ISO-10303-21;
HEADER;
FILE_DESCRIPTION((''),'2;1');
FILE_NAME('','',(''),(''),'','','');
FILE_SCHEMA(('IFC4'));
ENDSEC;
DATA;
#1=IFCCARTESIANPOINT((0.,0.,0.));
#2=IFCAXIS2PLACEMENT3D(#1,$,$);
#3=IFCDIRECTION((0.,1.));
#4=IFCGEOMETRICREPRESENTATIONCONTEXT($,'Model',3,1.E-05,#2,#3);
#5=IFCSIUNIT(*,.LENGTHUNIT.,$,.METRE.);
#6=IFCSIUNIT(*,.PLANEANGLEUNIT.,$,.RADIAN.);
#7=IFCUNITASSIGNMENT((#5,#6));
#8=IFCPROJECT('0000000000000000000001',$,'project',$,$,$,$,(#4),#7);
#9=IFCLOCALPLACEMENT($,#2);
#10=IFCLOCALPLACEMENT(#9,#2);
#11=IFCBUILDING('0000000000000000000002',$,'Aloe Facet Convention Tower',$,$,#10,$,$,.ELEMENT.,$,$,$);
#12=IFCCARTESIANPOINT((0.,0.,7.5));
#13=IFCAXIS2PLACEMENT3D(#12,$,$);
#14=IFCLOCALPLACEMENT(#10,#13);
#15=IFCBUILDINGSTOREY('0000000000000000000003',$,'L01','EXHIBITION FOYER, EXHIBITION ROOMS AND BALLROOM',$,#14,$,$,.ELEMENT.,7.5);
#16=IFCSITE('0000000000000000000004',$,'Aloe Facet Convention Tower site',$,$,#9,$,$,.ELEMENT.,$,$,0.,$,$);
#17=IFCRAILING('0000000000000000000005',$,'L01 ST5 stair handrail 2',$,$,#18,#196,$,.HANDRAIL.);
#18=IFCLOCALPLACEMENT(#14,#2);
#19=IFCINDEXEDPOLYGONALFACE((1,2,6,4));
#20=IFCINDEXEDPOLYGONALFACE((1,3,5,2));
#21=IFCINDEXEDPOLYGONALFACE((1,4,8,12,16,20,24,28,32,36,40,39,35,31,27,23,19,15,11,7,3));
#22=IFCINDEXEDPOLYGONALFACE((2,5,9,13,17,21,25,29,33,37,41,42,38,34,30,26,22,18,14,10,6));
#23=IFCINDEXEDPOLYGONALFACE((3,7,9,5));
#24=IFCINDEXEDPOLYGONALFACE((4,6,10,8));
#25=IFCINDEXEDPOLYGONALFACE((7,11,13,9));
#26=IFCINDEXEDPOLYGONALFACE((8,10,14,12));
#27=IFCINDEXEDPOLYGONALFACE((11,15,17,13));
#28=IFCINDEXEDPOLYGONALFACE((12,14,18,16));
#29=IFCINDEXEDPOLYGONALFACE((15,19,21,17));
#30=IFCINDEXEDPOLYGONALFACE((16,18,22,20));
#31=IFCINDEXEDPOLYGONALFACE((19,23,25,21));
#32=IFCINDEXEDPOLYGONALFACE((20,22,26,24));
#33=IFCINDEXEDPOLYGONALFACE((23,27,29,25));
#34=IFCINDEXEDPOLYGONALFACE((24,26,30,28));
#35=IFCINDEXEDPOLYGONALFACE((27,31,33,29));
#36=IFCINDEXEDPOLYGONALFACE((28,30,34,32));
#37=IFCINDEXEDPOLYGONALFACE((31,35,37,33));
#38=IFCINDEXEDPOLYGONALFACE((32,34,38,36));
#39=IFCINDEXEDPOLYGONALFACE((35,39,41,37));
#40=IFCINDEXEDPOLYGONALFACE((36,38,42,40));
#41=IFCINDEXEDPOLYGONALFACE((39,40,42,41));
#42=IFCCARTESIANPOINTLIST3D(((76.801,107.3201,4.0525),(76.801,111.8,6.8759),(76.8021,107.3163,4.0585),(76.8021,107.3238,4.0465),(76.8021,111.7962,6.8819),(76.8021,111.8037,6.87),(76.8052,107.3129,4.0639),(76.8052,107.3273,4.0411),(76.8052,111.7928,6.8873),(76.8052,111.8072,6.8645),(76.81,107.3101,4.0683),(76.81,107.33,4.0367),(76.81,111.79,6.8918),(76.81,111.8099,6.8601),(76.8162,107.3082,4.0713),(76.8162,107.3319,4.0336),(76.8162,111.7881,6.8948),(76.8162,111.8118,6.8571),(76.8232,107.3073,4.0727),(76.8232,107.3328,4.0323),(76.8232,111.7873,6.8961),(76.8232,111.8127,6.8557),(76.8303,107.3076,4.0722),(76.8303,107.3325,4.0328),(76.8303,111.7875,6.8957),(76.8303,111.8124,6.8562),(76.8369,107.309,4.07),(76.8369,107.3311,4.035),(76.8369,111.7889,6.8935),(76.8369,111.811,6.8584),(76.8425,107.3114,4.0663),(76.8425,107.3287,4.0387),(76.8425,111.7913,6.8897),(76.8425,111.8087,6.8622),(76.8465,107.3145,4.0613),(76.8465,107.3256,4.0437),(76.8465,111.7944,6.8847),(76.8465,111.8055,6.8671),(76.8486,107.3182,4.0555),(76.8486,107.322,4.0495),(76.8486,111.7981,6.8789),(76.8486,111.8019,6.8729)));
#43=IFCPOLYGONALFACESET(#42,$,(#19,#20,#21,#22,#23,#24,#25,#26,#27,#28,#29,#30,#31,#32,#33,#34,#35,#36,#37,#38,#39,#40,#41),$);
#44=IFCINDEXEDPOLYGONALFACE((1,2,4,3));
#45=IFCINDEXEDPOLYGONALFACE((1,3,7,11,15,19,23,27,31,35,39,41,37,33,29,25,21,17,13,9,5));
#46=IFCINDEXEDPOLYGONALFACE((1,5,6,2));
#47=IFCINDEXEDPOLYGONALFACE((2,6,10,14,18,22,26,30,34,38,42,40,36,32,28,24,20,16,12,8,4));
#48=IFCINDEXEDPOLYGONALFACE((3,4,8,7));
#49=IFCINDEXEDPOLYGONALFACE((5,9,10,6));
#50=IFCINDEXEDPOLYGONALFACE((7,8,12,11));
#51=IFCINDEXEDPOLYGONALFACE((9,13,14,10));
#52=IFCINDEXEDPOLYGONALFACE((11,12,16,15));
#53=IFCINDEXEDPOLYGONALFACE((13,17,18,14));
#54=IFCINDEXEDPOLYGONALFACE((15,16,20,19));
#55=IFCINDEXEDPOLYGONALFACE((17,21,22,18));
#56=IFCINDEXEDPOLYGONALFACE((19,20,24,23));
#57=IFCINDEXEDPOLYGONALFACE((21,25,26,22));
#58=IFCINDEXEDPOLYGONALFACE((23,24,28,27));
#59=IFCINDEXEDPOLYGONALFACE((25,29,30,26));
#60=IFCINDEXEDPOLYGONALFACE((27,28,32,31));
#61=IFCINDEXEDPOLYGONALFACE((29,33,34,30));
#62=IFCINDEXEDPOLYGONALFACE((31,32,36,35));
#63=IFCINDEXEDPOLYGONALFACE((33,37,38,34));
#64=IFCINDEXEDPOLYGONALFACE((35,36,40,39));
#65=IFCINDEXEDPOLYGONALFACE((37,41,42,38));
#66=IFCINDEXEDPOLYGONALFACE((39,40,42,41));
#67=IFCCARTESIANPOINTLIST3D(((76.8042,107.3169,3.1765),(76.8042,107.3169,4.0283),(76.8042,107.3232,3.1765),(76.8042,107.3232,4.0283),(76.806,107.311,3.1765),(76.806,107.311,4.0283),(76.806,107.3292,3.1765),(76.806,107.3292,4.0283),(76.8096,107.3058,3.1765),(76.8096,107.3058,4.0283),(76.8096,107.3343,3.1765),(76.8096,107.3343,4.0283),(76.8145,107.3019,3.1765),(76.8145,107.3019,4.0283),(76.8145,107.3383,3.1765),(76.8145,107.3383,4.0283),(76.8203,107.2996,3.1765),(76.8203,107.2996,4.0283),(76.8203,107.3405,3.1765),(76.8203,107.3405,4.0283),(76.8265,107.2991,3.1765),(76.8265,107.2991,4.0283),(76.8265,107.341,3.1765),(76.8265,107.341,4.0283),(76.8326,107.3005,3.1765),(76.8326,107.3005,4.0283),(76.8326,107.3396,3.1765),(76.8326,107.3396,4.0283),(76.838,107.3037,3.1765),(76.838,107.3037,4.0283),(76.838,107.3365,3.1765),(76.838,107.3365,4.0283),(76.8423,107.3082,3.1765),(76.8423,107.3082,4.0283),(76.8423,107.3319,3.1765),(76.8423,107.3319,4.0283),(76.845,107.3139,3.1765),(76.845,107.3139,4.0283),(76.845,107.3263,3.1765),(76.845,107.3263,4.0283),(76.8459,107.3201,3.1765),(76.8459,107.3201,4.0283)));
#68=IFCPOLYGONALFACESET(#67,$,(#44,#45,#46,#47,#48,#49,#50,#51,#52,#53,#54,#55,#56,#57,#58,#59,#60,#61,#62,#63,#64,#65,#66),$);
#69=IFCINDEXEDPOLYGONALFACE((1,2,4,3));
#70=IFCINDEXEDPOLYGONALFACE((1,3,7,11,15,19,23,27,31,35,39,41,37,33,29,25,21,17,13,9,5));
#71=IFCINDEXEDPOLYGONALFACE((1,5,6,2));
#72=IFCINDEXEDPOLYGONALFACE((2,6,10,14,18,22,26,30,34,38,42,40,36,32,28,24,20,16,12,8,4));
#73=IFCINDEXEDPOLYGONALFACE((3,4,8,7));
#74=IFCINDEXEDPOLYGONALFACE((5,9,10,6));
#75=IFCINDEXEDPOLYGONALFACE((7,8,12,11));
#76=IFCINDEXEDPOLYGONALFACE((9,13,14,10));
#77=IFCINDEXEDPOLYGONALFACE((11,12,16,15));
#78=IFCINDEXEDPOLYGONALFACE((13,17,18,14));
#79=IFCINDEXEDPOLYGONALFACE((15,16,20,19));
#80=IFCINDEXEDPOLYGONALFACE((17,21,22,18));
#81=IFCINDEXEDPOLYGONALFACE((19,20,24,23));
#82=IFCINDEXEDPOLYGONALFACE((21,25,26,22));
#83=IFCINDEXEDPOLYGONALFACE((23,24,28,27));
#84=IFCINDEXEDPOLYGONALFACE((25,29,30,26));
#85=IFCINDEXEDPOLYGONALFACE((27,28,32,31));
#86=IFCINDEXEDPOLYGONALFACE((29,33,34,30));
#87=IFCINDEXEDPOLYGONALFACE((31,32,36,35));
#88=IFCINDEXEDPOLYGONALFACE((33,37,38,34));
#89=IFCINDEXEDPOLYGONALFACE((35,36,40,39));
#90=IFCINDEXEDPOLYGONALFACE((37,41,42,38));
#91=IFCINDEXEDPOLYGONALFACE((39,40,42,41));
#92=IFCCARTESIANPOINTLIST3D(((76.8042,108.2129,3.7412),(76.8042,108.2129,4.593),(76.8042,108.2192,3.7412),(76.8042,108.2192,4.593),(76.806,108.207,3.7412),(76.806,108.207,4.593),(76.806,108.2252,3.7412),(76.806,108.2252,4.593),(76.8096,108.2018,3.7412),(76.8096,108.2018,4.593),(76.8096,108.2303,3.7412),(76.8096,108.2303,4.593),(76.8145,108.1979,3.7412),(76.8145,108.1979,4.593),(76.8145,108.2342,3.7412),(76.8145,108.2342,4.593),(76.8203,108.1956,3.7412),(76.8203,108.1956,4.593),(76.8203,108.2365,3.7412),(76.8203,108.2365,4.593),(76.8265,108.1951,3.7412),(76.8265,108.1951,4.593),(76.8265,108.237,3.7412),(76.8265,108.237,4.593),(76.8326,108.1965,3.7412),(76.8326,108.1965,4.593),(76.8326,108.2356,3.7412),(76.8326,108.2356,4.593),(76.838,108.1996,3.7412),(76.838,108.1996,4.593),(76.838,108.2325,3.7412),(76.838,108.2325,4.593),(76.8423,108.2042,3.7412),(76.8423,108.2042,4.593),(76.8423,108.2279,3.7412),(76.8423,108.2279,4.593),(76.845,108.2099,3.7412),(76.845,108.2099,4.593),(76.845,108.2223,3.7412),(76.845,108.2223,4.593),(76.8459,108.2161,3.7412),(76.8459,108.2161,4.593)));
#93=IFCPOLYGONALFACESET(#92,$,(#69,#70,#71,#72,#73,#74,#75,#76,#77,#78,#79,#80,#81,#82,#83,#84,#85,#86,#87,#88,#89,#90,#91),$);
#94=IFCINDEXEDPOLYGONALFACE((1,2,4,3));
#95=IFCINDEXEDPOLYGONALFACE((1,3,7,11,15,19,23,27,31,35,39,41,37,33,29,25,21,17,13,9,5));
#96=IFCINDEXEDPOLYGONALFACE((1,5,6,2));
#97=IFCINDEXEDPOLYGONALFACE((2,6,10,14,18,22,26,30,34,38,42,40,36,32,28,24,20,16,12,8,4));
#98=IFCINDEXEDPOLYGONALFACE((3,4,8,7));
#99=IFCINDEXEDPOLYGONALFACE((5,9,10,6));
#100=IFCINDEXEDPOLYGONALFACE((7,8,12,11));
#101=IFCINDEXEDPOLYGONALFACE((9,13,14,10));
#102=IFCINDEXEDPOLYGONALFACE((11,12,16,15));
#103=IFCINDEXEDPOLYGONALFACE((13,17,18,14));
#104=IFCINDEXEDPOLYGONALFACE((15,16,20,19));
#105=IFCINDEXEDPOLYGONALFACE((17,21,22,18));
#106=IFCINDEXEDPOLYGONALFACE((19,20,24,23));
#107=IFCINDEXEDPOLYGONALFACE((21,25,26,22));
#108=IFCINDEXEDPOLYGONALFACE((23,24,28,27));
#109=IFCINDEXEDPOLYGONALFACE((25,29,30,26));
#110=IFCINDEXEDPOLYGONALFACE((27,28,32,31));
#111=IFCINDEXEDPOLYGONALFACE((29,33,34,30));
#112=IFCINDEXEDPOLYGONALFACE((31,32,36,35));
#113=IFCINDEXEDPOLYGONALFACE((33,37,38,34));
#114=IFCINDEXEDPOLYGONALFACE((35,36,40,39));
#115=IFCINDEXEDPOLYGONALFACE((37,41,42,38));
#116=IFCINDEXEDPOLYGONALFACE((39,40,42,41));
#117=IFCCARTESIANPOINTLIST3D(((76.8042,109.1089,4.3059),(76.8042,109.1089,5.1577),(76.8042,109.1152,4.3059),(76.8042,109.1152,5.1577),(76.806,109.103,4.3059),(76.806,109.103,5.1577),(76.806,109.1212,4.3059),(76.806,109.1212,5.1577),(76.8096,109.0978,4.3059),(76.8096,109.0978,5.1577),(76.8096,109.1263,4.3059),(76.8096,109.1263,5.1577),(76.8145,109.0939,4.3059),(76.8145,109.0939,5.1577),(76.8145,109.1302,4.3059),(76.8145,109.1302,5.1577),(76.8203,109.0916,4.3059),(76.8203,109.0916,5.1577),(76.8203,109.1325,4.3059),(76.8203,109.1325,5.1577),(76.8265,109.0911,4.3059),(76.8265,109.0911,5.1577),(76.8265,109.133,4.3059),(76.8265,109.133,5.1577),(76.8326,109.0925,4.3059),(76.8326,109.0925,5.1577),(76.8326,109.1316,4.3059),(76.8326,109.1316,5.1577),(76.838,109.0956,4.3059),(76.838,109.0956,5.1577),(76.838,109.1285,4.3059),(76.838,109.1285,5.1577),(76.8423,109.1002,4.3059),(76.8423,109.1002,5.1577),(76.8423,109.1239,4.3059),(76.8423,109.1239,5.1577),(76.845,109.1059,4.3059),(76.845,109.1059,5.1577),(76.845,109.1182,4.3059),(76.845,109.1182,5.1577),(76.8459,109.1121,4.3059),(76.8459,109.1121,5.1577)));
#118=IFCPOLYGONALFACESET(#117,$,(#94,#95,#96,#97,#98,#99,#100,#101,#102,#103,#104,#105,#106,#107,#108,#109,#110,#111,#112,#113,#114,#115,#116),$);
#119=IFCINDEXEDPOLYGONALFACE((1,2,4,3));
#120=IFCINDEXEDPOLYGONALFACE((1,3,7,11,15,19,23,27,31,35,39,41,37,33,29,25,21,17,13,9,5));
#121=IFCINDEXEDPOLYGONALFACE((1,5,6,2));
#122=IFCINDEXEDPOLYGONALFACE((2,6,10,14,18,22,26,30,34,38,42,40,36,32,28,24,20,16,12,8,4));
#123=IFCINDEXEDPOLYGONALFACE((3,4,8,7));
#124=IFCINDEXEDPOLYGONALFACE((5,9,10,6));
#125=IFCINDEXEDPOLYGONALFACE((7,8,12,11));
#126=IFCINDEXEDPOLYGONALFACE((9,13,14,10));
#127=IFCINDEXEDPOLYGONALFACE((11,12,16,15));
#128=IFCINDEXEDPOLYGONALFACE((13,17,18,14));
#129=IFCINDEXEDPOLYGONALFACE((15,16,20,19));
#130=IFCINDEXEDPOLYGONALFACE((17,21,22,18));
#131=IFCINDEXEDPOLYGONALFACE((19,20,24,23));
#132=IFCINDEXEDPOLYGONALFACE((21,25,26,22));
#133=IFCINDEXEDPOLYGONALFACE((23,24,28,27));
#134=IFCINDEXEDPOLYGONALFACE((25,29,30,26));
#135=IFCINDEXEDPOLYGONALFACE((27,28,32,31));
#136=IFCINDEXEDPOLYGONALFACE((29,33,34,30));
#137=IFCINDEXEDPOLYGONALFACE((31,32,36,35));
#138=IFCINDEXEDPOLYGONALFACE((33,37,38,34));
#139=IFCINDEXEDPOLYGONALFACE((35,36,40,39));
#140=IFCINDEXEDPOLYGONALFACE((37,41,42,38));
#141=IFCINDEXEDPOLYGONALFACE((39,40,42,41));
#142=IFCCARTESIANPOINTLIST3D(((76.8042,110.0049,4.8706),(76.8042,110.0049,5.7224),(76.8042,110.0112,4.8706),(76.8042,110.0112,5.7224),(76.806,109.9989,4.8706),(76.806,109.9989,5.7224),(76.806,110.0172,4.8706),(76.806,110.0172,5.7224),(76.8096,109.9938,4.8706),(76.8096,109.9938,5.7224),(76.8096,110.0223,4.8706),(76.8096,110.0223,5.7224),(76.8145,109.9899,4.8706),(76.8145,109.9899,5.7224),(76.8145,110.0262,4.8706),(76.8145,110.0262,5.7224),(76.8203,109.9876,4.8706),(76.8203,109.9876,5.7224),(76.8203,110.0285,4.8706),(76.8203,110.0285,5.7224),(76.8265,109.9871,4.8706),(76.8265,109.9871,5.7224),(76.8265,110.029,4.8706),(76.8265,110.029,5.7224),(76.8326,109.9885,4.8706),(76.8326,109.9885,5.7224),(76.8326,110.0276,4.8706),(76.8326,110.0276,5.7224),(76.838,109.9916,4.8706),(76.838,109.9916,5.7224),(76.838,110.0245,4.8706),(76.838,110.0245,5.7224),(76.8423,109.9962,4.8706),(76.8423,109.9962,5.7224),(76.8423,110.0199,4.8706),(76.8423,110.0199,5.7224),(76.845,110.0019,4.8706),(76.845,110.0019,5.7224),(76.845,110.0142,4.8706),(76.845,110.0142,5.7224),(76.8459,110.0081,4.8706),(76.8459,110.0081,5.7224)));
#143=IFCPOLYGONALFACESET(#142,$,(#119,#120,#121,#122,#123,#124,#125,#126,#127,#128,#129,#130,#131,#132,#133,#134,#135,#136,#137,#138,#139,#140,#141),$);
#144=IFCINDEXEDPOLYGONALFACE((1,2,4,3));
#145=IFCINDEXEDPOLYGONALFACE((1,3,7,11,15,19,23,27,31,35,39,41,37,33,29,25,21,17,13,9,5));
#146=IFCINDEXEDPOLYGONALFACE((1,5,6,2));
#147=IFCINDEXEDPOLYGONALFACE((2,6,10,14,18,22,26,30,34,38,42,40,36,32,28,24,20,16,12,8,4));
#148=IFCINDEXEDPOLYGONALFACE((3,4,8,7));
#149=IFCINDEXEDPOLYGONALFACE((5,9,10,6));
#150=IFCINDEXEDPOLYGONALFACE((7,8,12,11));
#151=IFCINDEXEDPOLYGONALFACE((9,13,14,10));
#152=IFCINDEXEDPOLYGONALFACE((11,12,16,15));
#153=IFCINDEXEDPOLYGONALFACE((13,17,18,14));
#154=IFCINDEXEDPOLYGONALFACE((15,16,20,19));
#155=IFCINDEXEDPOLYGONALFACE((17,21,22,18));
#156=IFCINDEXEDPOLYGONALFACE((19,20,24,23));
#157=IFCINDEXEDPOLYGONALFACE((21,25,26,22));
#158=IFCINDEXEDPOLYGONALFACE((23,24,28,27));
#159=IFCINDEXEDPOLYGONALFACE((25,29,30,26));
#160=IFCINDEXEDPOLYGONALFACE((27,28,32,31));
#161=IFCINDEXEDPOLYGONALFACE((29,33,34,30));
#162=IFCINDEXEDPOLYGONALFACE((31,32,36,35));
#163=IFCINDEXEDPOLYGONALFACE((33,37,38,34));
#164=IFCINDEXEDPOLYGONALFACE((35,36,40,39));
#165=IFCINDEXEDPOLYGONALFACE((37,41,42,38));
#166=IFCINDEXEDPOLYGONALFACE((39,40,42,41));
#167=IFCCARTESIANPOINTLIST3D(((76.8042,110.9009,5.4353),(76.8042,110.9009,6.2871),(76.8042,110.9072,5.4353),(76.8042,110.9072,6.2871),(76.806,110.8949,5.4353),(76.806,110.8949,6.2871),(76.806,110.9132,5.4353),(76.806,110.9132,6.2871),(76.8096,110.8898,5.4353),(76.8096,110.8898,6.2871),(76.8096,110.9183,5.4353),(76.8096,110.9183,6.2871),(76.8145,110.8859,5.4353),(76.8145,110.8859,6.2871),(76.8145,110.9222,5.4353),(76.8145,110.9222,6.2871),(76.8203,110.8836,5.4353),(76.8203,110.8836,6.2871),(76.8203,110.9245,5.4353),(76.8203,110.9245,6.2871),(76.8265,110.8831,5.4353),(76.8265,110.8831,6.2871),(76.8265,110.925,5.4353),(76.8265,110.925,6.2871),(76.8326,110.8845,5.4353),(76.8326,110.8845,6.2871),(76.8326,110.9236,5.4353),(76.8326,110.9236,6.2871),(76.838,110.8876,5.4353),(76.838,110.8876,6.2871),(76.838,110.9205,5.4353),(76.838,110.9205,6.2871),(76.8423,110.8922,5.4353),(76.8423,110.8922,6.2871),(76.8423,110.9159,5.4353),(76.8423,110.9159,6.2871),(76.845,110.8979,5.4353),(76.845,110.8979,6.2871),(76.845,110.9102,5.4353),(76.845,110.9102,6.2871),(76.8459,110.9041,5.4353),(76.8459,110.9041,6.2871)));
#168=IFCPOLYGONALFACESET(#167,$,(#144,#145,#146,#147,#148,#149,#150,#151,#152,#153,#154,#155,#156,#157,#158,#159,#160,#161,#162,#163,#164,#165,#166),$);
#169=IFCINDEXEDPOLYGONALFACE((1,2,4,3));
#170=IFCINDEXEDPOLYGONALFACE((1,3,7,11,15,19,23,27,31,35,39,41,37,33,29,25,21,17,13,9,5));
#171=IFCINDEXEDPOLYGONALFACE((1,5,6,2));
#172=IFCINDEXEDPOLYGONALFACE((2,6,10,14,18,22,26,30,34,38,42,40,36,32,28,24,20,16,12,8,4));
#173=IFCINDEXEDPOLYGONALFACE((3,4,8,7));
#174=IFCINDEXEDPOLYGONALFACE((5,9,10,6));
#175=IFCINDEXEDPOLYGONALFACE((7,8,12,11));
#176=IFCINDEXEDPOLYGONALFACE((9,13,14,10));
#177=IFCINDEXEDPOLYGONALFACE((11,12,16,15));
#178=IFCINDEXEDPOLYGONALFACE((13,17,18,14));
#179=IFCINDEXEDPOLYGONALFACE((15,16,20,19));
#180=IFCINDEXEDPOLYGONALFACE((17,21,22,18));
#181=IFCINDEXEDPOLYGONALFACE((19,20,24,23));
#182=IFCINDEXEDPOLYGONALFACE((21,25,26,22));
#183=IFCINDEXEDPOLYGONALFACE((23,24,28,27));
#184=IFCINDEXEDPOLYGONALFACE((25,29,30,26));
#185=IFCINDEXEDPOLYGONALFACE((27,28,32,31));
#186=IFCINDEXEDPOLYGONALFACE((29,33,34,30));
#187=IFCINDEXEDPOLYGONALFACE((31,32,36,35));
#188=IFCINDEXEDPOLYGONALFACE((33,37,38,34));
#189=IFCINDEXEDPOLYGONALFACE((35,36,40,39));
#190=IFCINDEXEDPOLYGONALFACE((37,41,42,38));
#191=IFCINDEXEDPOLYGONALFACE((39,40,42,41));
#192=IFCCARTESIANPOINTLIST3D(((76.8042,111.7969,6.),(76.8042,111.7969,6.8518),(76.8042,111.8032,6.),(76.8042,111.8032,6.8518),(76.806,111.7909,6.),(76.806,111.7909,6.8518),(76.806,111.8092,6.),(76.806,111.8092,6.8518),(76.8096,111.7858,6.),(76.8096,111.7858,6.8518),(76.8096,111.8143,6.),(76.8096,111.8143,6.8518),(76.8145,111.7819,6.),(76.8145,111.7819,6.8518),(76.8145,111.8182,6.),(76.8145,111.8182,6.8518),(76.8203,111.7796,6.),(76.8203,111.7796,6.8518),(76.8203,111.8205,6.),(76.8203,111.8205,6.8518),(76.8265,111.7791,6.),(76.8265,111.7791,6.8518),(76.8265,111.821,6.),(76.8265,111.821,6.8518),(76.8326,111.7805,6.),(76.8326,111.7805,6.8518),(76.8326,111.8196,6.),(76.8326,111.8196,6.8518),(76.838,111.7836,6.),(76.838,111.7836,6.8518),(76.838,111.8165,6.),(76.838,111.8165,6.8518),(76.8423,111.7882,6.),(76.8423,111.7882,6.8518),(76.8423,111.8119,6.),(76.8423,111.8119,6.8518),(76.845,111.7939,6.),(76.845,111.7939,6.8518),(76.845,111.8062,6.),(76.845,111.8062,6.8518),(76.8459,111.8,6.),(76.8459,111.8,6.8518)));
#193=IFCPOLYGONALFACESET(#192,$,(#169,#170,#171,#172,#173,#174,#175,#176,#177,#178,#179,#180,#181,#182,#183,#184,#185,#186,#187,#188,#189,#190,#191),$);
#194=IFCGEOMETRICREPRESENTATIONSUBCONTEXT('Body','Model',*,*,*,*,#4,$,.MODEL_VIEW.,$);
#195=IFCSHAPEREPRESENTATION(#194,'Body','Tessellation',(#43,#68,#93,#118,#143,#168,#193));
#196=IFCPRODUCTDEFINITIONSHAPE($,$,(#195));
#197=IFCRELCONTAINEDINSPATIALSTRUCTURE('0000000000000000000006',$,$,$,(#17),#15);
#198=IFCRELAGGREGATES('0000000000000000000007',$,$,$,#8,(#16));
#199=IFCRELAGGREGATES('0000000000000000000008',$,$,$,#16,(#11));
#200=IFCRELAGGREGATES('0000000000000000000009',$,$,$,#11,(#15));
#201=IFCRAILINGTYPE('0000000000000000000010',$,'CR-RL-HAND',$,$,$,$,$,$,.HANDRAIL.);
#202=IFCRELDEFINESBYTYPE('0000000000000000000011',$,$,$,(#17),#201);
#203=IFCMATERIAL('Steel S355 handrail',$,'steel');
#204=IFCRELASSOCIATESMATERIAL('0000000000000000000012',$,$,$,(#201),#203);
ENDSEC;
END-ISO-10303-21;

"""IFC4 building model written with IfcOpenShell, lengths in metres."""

from ifc_helpers import new_model, si_unit, direction, frame, origin, origin_2d, place, context, subcontext, project, spatial, circle, extrude, material, type_object, element, save


model = new_model("IFC4")

# Units and contexts
model_context = context("Model", 3, precision=1e-05, world=origin(), true_north=direction((0.0, 1.0)))
body_context = subcontext(model_context, "Body", "Model", "MODEL_VIEW")
ifc_project = project(units=[si_unit("LENGTHUNIT", "METRE"), si_unit("PLANEANGLEUNIT", "RADIAN")], contexts=[model_context])

# Site, building, storey
site_placement = place(None, origin())
site = spatial("IfcSite", under=ifc_project, at=site_placement, Name="Aloe Facet Convention Tower site", CompositionType="ELEMENT", RefElevation=0.0)
building_placement = place(site_placement, origin())
building = spatial("IfcBuilding", under=site, at=building_placement, Name="Aloe Facet Convention Tower", CompositionType="ELEMENT")
storey_placement = place(building_placement, frame((0.0, 0.0, 7.5)))
storey = spatial("IfcBuildingStorey", under=building, at=storey_placement, Name="L01", Description="EXHIBITION FOYER, EXHIBITION ROOMS AND BALLROOM", CompositionType="ELEMENT", Elevation=7.5)

# Railing
ifc_material_1 = material(Name="Steel S355 handrail", Category="steel")
railing_type_1 = type_object("IfcRailingType", Name="CR-RL-HAND", PredefinedType="HANDRAIL", material=ifc_material_1)
railing_1_placement = place(storey_placement, frame((76.825, 107.3201, 3.1765)))
element("IfcRailing", 1, at=railing_1_placement, inside=storey, type_object=railing_type_1, Name="L01 ST5 stair handrail 2", PredefinedType="HANDRAIL", context=body_context, shape_type="SweptSolid", body=[
    extrude(circle(Radius=0.0239, at=origin_2d()), frame((0.0, 0.0, 0.876), z_axis=(0.0, 0.845998, 0.533186), x_axis=(-1.0, 0.0, 0.0)), (0.0, 0.0, 1.0), 5.2954),
    extrude(circle(Radius=0.021, at=origin_2d()), origin(), (0.0, 0.0, 1.0), 0.8518),
    extrude(circle(Radius=0.021, at=origin_2d()), frame((0.0, 0.896, 0.5647)), (0.0, 0.0, 1.0), 0.8518),
    extrude(circle(Radius=0.021, at=origin_2d()), frame((0.0, 1.792, 1.1294)), (0.0, 0.0, 1.0), 0.8518),
    extrude(circle(Radius=0.021, at=origin_2d()), frame((0.0, 2.688, 1.6941)), (0.0, 0.0, 1.0), 0.8518),
    extrude(circle(Radius=0.021, at=origin_2d()), frame((0.0, 3.584, 2.2588)), (0.0, 0.0, 1.0), 0.8518),
    extrude(circle(Radius=0.021, at=origin_2d()), frame((0.0, 4.48, 2.8235)), (0.0, 0.0, 1.0), 0.8518),
])

save(model, "model.ifc")
